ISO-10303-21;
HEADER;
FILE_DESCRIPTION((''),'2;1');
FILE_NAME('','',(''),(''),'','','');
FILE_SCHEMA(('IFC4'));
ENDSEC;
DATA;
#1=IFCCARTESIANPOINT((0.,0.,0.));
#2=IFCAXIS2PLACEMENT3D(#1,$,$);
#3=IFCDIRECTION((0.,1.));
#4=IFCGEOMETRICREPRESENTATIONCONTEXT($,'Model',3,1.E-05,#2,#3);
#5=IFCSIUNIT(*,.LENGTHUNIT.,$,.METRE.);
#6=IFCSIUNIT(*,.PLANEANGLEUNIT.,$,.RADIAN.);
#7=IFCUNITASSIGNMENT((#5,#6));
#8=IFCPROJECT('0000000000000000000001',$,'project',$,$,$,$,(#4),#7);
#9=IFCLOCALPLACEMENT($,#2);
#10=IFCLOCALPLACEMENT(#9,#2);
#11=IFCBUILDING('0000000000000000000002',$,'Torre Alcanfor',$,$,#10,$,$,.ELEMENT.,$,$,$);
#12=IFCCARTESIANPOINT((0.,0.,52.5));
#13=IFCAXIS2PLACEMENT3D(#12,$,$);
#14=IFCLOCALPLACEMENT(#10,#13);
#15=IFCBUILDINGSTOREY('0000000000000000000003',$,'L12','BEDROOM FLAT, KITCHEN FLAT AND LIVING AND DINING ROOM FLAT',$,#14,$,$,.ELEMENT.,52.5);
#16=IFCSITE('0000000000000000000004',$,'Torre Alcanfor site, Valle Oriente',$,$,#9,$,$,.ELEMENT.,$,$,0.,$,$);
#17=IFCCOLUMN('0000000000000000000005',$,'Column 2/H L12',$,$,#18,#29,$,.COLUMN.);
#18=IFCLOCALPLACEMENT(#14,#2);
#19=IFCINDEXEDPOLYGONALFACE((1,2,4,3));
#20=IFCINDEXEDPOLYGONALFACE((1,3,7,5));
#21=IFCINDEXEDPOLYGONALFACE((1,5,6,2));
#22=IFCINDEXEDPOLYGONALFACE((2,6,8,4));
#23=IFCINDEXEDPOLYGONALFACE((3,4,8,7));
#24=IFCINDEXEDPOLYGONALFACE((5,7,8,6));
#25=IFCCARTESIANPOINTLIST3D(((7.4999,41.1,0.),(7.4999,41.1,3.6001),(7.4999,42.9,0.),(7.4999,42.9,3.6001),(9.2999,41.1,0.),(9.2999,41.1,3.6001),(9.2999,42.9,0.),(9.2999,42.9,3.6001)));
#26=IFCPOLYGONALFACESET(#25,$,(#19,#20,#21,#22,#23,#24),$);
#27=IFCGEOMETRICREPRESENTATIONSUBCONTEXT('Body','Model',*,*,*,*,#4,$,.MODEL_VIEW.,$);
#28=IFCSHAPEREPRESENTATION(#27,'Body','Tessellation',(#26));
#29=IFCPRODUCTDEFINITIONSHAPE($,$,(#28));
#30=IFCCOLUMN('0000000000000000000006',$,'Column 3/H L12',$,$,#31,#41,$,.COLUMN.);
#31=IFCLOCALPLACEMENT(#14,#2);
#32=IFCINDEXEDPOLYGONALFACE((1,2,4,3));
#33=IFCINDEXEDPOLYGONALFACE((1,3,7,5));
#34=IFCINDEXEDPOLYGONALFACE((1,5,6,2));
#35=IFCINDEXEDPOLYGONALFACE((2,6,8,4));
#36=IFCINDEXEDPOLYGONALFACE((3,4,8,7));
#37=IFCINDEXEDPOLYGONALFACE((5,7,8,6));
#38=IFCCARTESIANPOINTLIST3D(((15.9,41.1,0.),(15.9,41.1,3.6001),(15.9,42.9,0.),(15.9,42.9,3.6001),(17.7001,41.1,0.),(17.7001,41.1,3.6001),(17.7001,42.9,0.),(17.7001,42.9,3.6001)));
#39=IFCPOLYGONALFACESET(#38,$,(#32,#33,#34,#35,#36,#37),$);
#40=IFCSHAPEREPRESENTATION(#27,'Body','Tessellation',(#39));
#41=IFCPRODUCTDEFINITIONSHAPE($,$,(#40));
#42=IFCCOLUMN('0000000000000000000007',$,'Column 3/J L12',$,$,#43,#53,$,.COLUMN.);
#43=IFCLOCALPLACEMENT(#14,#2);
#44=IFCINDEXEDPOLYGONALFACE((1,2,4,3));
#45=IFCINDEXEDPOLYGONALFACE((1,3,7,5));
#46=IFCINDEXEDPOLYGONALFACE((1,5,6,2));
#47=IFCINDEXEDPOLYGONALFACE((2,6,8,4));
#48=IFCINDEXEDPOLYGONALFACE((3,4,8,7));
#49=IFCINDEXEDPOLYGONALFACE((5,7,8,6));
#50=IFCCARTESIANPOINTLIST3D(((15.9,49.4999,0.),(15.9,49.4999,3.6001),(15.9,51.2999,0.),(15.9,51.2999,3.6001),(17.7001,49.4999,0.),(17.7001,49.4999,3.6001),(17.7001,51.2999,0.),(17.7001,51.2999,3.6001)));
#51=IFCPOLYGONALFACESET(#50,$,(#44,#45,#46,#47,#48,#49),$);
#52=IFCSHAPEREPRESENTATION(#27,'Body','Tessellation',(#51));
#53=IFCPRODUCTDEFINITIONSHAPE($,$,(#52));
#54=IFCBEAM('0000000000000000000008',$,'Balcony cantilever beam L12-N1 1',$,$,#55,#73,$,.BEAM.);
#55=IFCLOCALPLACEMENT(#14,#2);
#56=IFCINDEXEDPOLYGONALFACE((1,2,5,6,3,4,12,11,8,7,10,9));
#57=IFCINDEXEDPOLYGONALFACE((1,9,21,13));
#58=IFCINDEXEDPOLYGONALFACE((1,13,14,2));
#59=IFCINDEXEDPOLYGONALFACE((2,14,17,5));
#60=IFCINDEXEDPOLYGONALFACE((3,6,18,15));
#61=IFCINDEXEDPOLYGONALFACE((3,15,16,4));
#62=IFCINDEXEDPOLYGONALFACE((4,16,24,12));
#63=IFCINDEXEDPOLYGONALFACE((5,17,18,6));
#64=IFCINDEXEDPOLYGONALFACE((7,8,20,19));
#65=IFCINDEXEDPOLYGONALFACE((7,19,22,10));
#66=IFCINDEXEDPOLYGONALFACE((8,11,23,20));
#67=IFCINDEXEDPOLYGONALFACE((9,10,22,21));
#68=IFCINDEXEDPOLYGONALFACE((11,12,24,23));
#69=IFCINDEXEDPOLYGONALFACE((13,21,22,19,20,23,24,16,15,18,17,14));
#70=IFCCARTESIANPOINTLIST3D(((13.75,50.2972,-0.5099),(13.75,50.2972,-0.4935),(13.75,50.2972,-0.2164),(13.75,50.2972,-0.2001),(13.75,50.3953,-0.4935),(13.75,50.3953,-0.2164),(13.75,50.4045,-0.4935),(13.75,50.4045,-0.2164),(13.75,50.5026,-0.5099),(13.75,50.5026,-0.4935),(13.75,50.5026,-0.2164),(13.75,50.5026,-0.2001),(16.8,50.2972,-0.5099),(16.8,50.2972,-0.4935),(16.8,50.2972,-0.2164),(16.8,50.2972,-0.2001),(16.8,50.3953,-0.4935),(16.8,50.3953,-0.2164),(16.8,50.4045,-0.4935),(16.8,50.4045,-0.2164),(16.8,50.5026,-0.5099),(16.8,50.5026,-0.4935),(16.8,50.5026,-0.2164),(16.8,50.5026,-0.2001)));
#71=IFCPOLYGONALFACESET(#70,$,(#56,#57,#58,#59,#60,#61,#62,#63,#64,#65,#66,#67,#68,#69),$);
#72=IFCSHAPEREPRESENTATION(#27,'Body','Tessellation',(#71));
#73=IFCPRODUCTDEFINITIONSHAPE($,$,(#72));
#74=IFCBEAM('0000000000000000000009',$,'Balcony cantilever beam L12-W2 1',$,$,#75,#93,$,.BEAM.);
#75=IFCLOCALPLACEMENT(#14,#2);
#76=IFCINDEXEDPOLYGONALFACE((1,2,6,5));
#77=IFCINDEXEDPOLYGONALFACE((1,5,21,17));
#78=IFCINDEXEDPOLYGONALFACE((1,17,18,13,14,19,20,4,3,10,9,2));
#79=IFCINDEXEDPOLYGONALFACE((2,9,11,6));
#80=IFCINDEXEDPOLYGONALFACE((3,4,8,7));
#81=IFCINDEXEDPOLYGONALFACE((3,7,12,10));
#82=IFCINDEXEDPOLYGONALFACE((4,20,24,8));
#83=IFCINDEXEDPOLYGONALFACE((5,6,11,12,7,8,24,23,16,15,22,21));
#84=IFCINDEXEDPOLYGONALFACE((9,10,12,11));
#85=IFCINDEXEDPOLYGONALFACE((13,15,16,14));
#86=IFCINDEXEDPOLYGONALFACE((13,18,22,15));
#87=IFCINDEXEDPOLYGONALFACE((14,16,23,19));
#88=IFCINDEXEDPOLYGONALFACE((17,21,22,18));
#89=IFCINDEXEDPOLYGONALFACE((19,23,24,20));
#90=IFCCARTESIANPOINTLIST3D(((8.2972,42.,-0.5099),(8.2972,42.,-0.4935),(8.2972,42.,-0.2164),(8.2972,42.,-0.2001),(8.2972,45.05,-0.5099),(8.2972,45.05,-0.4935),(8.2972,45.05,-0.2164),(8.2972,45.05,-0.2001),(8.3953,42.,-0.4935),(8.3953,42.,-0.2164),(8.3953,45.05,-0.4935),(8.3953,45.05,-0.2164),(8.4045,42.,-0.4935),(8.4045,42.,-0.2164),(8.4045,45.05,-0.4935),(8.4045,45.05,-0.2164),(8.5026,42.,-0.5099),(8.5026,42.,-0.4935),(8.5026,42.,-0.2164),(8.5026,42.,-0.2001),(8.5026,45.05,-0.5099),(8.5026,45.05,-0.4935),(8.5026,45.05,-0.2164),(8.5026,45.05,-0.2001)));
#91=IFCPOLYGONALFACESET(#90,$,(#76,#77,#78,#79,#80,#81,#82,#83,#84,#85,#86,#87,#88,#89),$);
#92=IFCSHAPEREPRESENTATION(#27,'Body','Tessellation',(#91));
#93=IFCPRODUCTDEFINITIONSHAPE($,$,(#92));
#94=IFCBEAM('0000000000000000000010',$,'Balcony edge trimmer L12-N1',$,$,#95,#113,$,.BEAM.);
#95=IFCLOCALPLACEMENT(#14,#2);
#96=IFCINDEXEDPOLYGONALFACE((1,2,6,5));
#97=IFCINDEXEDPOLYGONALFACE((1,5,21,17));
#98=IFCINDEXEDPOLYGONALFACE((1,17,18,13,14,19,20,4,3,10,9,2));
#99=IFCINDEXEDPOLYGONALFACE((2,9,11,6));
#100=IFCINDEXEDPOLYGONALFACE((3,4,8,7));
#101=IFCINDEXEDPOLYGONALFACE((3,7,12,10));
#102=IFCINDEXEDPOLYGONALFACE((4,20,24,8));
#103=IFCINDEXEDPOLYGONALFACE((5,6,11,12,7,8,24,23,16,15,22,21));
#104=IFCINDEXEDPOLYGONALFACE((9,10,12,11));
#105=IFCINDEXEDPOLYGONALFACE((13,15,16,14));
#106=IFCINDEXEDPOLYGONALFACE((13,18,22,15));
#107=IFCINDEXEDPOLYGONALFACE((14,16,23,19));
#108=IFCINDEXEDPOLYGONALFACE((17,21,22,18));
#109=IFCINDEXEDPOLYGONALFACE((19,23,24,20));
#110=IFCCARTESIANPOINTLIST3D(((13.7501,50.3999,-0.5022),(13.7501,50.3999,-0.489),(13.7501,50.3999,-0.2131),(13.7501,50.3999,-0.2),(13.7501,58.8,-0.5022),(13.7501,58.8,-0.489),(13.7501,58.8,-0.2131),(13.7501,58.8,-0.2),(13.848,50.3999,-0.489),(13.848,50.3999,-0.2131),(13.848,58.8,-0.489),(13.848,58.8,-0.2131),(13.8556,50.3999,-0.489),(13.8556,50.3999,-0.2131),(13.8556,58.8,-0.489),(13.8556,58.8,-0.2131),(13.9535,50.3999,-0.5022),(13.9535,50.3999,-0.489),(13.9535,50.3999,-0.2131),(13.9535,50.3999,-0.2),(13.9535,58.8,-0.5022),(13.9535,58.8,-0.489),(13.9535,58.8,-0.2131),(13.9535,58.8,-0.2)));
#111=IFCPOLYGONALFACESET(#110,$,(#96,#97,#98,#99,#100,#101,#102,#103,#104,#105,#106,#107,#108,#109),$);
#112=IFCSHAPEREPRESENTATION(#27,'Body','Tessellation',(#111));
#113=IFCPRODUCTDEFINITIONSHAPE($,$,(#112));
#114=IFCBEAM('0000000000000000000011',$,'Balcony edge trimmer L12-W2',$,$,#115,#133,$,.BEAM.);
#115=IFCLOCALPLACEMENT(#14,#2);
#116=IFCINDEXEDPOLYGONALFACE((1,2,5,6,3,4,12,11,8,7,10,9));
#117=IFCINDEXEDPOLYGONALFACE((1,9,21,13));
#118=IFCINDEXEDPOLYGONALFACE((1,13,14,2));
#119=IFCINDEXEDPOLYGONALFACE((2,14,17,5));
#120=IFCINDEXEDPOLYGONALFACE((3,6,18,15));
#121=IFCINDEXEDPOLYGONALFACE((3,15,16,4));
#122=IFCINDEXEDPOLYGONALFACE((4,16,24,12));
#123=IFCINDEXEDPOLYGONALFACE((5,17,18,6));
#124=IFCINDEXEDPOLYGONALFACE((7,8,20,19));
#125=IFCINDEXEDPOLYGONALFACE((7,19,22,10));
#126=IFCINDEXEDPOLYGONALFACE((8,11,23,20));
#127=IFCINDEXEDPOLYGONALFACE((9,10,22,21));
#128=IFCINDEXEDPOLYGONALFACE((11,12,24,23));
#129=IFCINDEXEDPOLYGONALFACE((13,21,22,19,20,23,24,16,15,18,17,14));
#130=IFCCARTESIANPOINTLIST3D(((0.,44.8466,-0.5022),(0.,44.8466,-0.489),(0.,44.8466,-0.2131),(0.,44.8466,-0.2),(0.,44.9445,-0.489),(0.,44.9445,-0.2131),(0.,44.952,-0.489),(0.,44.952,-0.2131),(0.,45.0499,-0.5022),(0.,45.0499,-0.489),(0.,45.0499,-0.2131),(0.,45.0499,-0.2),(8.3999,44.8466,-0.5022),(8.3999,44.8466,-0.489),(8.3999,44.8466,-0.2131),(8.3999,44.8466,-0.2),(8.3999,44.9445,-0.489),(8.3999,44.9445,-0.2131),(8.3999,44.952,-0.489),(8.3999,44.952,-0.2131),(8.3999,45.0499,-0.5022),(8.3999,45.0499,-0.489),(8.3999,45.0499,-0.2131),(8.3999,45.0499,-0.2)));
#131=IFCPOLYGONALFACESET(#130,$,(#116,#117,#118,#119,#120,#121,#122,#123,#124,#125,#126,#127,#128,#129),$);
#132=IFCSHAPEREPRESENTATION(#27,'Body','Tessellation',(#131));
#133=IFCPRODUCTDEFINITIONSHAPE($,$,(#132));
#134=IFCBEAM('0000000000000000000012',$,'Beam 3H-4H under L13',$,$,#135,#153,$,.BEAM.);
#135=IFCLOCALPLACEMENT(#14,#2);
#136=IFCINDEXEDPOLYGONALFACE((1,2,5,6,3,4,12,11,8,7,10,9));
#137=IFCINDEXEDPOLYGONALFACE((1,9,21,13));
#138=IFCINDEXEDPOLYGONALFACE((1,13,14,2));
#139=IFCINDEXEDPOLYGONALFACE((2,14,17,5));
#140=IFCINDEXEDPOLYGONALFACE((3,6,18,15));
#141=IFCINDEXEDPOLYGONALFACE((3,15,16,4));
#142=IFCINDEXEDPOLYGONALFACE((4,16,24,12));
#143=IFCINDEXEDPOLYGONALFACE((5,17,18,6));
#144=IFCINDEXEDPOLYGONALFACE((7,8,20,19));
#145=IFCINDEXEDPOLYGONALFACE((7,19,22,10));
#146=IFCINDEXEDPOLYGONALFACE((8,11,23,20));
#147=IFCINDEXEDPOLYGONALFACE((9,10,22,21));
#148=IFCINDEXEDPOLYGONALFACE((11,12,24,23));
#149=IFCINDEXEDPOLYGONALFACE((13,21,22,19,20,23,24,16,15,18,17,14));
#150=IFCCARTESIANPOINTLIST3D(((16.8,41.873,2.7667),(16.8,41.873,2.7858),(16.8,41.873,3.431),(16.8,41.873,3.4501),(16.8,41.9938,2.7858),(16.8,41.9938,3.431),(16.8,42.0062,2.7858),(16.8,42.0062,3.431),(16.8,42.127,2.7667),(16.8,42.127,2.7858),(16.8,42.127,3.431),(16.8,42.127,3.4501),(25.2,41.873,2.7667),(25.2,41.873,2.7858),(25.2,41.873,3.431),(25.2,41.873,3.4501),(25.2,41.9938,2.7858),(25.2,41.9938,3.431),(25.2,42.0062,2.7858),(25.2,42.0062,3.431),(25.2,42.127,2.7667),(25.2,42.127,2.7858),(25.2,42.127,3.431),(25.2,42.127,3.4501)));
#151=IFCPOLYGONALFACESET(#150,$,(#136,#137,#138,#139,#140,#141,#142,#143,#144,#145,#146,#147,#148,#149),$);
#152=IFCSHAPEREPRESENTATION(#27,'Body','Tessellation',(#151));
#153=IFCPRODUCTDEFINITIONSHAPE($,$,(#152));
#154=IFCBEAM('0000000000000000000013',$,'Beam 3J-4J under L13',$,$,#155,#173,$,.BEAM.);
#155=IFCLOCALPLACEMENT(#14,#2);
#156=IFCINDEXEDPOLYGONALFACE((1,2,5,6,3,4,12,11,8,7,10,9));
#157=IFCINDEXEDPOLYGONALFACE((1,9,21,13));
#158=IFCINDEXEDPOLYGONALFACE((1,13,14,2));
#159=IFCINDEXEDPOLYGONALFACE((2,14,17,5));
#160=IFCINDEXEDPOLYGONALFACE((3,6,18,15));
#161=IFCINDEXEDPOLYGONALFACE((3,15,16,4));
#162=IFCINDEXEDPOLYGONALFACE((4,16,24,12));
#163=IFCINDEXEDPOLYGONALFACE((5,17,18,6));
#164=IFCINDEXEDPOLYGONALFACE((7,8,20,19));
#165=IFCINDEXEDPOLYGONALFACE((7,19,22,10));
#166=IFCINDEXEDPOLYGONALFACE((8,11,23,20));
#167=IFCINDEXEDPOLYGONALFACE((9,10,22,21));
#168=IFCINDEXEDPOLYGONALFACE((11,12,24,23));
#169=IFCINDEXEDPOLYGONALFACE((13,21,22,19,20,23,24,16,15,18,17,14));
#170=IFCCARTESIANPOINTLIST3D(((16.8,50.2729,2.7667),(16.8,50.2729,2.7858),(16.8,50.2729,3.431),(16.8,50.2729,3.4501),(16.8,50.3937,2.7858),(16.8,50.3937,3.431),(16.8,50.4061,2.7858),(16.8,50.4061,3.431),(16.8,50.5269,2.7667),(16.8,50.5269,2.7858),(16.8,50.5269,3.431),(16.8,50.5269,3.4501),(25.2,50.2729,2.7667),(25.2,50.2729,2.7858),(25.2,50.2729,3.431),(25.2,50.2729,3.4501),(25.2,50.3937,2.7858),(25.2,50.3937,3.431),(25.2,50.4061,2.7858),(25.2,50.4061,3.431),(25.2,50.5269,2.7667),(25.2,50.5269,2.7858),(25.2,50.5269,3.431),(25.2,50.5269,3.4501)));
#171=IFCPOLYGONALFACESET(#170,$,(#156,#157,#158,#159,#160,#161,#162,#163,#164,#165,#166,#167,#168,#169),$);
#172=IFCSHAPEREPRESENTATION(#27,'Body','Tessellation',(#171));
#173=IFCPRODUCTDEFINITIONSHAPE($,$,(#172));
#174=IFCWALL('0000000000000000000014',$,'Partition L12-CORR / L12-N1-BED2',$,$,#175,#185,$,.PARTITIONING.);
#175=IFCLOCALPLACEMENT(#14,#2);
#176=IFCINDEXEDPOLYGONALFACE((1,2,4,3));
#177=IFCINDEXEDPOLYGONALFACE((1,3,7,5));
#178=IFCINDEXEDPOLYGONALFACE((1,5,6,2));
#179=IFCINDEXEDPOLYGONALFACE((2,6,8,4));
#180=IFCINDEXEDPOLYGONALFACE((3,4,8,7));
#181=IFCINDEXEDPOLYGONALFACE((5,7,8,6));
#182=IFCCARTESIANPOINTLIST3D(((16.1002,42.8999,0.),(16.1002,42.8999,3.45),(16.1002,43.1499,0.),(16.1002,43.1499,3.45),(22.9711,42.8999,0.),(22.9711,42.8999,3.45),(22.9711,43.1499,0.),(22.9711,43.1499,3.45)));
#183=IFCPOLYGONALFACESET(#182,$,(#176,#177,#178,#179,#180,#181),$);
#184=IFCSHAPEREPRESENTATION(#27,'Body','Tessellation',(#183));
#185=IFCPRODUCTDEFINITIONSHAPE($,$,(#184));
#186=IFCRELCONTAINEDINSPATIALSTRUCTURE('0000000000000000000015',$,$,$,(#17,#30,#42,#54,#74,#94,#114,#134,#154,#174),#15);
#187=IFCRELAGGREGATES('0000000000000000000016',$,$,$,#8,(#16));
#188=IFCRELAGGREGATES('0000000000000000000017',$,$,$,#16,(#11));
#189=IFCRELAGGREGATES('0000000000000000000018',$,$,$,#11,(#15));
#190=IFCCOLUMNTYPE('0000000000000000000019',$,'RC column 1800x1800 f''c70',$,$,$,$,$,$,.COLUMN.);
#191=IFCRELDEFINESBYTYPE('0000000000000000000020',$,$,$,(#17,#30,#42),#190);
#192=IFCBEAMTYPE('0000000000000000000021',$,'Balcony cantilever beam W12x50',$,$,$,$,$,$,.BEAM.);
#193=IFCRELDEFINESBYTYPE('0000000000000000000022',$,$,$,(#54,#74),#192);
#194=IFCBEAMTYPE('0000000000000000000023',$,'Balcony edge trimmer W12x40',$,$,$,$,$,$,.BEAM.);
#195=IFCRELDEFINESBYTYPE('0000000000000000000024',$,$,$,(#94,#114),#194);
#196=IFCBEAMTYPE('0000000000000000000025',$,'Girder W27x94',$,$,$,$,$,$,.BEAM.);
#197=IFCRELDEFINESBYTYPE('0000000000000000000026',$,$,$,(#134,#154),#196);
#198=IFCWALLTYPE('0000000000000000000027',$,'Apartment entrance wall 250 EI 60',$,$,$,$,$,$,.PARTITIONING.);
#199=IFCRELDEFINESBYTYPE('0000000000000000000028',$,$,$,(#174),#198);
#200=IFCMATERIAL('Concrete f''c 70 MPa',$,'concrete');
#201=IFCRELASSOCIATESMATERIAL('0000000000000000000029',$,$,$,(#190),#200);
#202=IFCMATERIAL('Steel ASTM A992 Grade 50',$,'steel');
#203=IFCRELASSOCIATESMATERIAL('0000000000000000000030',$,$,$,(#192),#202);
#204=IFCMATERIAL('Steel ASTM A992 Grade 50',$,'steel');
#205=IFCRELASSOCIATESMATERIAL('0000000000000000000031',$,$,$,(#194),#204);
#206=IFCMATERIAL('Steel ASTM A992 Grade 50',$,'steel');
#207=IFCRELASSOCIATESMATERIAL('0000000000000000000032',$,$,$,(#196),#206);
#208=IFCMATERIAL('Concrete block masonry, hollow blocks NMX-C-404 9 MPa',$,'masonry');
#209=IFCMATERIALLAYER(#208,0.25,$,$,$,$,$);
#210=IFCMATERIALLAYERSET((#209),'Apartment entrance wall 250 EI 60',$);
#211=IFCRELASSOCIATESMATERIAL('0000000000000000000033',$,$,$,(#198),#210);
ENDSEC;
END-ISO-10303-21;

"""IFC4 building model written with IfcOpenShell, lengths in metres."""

from ifc_helpers import new_model, si_unit, direction, frame, frame_2d, origin, origin_2d, place, context, subcontext, project, spatial, rectangle, i_section, extrude, material, layer, layer_set, material_profile, profile_set, type_object, element, save


model = new_model("IFC4")

# Units and contexts
model_context = context("Model", 3, precision=1e-05, world=origin(), true_north=direction((0.0, 1.0)))
body_context = subcontext(model_context, "Body", "Model", "MODEL_VIEW")
ifc_project = project(units=[si_unit("LENGTHUNIT", "METRE"), si_unit("PLANEANGLEUNIT", "RADIAN")], contexts=[model_context])

# Site, building, storey
site_placement = place(None, origin())
site = spatial("IfcSite", under=ifc_project, at=site_placement, Name="Torre Alcanfor site, Valle Oriente", CompositionType="ELEMENT", RefElevation=0.0)
building_placement = place(site_placement, origin())
building = spatial("IfcBuilding", under=site, at=building_placement, Name="Torre Alcanfor", CompositionType="ELEMENT")
storey_placement = place(building_placement, frame((0.0, 0.0, 52.5)))
storey = spatial("IfcBuildingStorey", under=building, at=storey_placement, Name="L12", Description="BEDROOM FLAT, KITCHEN FLAT AND LIVING AND DINING ROOM FLAT", CompositionType="ELEMENT", Elevation=52.5)

# Columns
ifc_material_1 = material(Name="Concrete f'c 70 MPa", Category="concrete")
ifc_material_profile_1 = material_profile(ifc_material_1, rectangle(XDim=1.8, YDim=1.8, at=origin_2d()), Name="1800x1800")
ifc_profile_set_1 = profile_set([ifc_material_profile_1], Name="Concrete f'c 70 MPa")
column_type = type_object("IfcColumnType", Name="RC column 1800x1800 f'c70", PredefinedType="COLUMN", material=ifc_profile_set_1)
for number, where, z_axis, x_axis, name in (
    (1, (8.3999, 42.0, 0.0), (0.0, 0.0, 1.0), (1.0, 0.0, 0.0), "Column 2/H L12"),
    (2, (16.8, 42.0, 0.0), (0.0, 0.0, 1.0), (1.0, 0.0, 0.0), "Column 3/H L12"),
    (3, (16.8, 50.3999, 0.0), (0.0, 0.0, 1.0), (1.0, 0.0, 0.0), "Column 3/J L12"),
):
    element("IfcColumn", number, at=place(storey_placement, frame(where, z_axis=z_axis, x_axis=x_axis)), inside=storey, type_object=column_type, Name=name, PredefinedType="COLUMN", context=body_context, shape_type="SweptSolid", body=[
        extrude(rectangle(XDim=1.8, YDim=1.8, at=origin_2d()), origin(), (0.0, 0.0, 1.0), 3.6001),
    ])

# Beams
ifc_material_2 = material(Name="Steel ASTM A992 Grade 50", Category="steel")
ifc_material_profile_2 = material_profile(ifc_material_2, i_section(OverallWidth=0.2053, OverallDepth=0.3098, WebThickness=0.0093, FlangeThickness=0.0164, at=origin_2d()), Name="W12x50")
ifc_profile_set_2 = profile_set([ifc_material_profile_2], Name="Steel ASTM A992 Grade 50")
beam_type_1 = type_object("IfcBeamType", Name="Balcony cantilever beam W12x50", PredefinedType="BEAM", material=ifc_profile_set_2)
for number, where, z_axis, x_axis, name in (
    (4, (16.8, 50.3999, -0.355), (-1.0, 0.0, 0.0), (0.0, -1.0, 0.0), "Balcony cantilever beam L12-N1 1"),
    (5, (8.3999, 42.0, -0.355), (0.0, 1.0, 0.0), (-1.0, 0.0, 0.0), "Balcony cantilever beam L12-W2 1"),
):
    element("IfcBeam", number, at=place(storey_placement, frame(where, z_axis=z_axis, x_axis=x_axis)), inside=storey, type_object=beam_type_1, Name=name, PredefinedType="BEAM", context=body_context, shape_type="SweptSolid", body=[
        extrude(i_section(OverallWidth=0.2053, OverallDepth=0.3098, WebThickness=0.0093, FlangeThickness=0.0164, at=origin_2d()), origin(), (0.0, 0.0, 1.0), 3.05),
    ])
ifc_material_3 = material(Name="Steel ASTM A992 Grade 50", Category="steel")
ifc_material_profile_3 = material_profile(ifc_material_3, i_section(OverallWidth=0.2034, OverallDepth=0.3022, WebThickness=0.0076, FlangeThickness=0.0132, at=origin_2d()), Name="W12x40")
ifc_profile_set_3 = profile_set([ifc_material_profile_3], Name="Steel ASTM A992 Grade 50")
beam_type_2 = type_object("IfcBeamType", Name="Balcony edge trimmer W12x40", PredefinedType="BEAM", material=ifc_profile_set_3)
beam_1_placement = place(storey_placement, frame((13.8518, 50.3999, -0.3511), z_axis=(0.0, 1.0, 0.0), x_axis=(-1.0, 0.0, 0.0)))
element("IfcBeam", 6, at=beam_1_placement, inside=storey, type_object=beam_type_2, Name="Balcony edge trimmer L12-N1", PredefinedType="BEAM", context=body_context, shape_type="SweptSolid", body=[
    extrude(i_section(OverallWidth=0.2034, OverallDepth=0.3022, WebThickness=0.0076, FlangeThickness=0.0132, at=origin_2d()), origin(), (0.0, 0.0, 1.0), 8.4001),
])
beam_2_placement = place(storey_placement, frame((8.3999, 44.9482, -0.3511), z_axis=(-1.0, 0.0, 0.0), x_axis=(0.0, -1.0, 0.0)))
element("IfcBeam", 7, at=beam_2_placement, inside=storey, type_object=beam_type_2, Name="Balcony edge trimmer L12-W2", PredefinedType="BEAM", context=body_context, shape_type="SweptSolid", body=[
    extrude(i_section(OverallWidth=0.2034, OverallDepth=0.3022, WebThickness=0.0076, FlangeThickness=0.0132, at=origin_2d()), origin(), (0.0, 0.0, 1.0), 8.3999),
])
ifc_material_4 = material(Name="Steel ASTM A992 Grade 50", Category="steel")
ifc_material_profile_4 = material_profile(ifc_material_4, i_section(OverallWidth=0.2539, OverallDepth=0.6833, WebThickness=0.0125, FlangeThickness=0.019, at=origin_2d()), Name="W27x94")
ifc_profile_set_4 = profile_set([ifc_material_profile_4], Name="Steel ASTM A992 Grade 50")
beam_type_3 = type_object("IfcBeamType", Name="Girder W27x94", PredefinedType="BEAM", material=ifc_profile_set_4)
for number, where, z_axis, x_axis, name in (
    (8, (16.8, 42.0, 3.1084), (1.0, 0.0, 0.0), (0.0, 1.0, 0.0), "Beam 3H-4H under L13"),
    (9, (16.8, 50.3999, 3.1084), (1.0, 0.0, 0.0), (0.0, 1.0, 0.0), "Beam 3J-4J under L13"),
):
    element("IfcBeam", number, at=place(storey_placement, frame(where, z_axis=z_axis, x_axis=x_axis)), inside=storey, type_object=beam_type_3, Name=name, PredefinedType="BEAM", context=body_context, shape_type="SweptSolid", body=[
        extrude(i_section(OverallWidth=0.2539, OverallDepth=0.6833, WebThickness=0.0125, FlangeThickness=0.019, at=origin_2d()), origin(), (0.0, 0.0, 1.0), 8.3999),
    ])

# Wall
ifc_material_5 = material(Name="Concrete block masonry, hollow blocks NMX-C-404 9 MPa", Category="masonry")
ifc_layer_1 = layer(ifc_material_5, 0.25)
ifc_layer_set_1 = layer_set([ifc_layer_1], Name="Apartment entrance wall 250 EI 60")
wall_type_1 = type_object("IfcWallType", Name="Apartment entrance wall 250 EI 60", PredefinedType="PARTITIONING", material=ifc_layer_set_1)
wall_1_placement = place(storey_placement, frame((16.1001, 43.0249, 0.0), z_axis=(0.0, 0.0, 1.0), x_axis=(1.0, 0.0, 0.0)))
element("IfcWall", 10, at=wall_1_placement, inside=storey, type_object=wall_type_1, Name="Partition L12-CORR / L12-N1-BED2", PredefinedType="PARTITIONING", context=body_context, shape_type="SweptSolid", body=[
    extrude(rectangle(XDim=6.8708, YDim=0.25, at=frame_2d((3.4355, 0.0))), origin(), (0.0, 0.0, 1.0), 3.45),
])

save(model, "model.ifc")
